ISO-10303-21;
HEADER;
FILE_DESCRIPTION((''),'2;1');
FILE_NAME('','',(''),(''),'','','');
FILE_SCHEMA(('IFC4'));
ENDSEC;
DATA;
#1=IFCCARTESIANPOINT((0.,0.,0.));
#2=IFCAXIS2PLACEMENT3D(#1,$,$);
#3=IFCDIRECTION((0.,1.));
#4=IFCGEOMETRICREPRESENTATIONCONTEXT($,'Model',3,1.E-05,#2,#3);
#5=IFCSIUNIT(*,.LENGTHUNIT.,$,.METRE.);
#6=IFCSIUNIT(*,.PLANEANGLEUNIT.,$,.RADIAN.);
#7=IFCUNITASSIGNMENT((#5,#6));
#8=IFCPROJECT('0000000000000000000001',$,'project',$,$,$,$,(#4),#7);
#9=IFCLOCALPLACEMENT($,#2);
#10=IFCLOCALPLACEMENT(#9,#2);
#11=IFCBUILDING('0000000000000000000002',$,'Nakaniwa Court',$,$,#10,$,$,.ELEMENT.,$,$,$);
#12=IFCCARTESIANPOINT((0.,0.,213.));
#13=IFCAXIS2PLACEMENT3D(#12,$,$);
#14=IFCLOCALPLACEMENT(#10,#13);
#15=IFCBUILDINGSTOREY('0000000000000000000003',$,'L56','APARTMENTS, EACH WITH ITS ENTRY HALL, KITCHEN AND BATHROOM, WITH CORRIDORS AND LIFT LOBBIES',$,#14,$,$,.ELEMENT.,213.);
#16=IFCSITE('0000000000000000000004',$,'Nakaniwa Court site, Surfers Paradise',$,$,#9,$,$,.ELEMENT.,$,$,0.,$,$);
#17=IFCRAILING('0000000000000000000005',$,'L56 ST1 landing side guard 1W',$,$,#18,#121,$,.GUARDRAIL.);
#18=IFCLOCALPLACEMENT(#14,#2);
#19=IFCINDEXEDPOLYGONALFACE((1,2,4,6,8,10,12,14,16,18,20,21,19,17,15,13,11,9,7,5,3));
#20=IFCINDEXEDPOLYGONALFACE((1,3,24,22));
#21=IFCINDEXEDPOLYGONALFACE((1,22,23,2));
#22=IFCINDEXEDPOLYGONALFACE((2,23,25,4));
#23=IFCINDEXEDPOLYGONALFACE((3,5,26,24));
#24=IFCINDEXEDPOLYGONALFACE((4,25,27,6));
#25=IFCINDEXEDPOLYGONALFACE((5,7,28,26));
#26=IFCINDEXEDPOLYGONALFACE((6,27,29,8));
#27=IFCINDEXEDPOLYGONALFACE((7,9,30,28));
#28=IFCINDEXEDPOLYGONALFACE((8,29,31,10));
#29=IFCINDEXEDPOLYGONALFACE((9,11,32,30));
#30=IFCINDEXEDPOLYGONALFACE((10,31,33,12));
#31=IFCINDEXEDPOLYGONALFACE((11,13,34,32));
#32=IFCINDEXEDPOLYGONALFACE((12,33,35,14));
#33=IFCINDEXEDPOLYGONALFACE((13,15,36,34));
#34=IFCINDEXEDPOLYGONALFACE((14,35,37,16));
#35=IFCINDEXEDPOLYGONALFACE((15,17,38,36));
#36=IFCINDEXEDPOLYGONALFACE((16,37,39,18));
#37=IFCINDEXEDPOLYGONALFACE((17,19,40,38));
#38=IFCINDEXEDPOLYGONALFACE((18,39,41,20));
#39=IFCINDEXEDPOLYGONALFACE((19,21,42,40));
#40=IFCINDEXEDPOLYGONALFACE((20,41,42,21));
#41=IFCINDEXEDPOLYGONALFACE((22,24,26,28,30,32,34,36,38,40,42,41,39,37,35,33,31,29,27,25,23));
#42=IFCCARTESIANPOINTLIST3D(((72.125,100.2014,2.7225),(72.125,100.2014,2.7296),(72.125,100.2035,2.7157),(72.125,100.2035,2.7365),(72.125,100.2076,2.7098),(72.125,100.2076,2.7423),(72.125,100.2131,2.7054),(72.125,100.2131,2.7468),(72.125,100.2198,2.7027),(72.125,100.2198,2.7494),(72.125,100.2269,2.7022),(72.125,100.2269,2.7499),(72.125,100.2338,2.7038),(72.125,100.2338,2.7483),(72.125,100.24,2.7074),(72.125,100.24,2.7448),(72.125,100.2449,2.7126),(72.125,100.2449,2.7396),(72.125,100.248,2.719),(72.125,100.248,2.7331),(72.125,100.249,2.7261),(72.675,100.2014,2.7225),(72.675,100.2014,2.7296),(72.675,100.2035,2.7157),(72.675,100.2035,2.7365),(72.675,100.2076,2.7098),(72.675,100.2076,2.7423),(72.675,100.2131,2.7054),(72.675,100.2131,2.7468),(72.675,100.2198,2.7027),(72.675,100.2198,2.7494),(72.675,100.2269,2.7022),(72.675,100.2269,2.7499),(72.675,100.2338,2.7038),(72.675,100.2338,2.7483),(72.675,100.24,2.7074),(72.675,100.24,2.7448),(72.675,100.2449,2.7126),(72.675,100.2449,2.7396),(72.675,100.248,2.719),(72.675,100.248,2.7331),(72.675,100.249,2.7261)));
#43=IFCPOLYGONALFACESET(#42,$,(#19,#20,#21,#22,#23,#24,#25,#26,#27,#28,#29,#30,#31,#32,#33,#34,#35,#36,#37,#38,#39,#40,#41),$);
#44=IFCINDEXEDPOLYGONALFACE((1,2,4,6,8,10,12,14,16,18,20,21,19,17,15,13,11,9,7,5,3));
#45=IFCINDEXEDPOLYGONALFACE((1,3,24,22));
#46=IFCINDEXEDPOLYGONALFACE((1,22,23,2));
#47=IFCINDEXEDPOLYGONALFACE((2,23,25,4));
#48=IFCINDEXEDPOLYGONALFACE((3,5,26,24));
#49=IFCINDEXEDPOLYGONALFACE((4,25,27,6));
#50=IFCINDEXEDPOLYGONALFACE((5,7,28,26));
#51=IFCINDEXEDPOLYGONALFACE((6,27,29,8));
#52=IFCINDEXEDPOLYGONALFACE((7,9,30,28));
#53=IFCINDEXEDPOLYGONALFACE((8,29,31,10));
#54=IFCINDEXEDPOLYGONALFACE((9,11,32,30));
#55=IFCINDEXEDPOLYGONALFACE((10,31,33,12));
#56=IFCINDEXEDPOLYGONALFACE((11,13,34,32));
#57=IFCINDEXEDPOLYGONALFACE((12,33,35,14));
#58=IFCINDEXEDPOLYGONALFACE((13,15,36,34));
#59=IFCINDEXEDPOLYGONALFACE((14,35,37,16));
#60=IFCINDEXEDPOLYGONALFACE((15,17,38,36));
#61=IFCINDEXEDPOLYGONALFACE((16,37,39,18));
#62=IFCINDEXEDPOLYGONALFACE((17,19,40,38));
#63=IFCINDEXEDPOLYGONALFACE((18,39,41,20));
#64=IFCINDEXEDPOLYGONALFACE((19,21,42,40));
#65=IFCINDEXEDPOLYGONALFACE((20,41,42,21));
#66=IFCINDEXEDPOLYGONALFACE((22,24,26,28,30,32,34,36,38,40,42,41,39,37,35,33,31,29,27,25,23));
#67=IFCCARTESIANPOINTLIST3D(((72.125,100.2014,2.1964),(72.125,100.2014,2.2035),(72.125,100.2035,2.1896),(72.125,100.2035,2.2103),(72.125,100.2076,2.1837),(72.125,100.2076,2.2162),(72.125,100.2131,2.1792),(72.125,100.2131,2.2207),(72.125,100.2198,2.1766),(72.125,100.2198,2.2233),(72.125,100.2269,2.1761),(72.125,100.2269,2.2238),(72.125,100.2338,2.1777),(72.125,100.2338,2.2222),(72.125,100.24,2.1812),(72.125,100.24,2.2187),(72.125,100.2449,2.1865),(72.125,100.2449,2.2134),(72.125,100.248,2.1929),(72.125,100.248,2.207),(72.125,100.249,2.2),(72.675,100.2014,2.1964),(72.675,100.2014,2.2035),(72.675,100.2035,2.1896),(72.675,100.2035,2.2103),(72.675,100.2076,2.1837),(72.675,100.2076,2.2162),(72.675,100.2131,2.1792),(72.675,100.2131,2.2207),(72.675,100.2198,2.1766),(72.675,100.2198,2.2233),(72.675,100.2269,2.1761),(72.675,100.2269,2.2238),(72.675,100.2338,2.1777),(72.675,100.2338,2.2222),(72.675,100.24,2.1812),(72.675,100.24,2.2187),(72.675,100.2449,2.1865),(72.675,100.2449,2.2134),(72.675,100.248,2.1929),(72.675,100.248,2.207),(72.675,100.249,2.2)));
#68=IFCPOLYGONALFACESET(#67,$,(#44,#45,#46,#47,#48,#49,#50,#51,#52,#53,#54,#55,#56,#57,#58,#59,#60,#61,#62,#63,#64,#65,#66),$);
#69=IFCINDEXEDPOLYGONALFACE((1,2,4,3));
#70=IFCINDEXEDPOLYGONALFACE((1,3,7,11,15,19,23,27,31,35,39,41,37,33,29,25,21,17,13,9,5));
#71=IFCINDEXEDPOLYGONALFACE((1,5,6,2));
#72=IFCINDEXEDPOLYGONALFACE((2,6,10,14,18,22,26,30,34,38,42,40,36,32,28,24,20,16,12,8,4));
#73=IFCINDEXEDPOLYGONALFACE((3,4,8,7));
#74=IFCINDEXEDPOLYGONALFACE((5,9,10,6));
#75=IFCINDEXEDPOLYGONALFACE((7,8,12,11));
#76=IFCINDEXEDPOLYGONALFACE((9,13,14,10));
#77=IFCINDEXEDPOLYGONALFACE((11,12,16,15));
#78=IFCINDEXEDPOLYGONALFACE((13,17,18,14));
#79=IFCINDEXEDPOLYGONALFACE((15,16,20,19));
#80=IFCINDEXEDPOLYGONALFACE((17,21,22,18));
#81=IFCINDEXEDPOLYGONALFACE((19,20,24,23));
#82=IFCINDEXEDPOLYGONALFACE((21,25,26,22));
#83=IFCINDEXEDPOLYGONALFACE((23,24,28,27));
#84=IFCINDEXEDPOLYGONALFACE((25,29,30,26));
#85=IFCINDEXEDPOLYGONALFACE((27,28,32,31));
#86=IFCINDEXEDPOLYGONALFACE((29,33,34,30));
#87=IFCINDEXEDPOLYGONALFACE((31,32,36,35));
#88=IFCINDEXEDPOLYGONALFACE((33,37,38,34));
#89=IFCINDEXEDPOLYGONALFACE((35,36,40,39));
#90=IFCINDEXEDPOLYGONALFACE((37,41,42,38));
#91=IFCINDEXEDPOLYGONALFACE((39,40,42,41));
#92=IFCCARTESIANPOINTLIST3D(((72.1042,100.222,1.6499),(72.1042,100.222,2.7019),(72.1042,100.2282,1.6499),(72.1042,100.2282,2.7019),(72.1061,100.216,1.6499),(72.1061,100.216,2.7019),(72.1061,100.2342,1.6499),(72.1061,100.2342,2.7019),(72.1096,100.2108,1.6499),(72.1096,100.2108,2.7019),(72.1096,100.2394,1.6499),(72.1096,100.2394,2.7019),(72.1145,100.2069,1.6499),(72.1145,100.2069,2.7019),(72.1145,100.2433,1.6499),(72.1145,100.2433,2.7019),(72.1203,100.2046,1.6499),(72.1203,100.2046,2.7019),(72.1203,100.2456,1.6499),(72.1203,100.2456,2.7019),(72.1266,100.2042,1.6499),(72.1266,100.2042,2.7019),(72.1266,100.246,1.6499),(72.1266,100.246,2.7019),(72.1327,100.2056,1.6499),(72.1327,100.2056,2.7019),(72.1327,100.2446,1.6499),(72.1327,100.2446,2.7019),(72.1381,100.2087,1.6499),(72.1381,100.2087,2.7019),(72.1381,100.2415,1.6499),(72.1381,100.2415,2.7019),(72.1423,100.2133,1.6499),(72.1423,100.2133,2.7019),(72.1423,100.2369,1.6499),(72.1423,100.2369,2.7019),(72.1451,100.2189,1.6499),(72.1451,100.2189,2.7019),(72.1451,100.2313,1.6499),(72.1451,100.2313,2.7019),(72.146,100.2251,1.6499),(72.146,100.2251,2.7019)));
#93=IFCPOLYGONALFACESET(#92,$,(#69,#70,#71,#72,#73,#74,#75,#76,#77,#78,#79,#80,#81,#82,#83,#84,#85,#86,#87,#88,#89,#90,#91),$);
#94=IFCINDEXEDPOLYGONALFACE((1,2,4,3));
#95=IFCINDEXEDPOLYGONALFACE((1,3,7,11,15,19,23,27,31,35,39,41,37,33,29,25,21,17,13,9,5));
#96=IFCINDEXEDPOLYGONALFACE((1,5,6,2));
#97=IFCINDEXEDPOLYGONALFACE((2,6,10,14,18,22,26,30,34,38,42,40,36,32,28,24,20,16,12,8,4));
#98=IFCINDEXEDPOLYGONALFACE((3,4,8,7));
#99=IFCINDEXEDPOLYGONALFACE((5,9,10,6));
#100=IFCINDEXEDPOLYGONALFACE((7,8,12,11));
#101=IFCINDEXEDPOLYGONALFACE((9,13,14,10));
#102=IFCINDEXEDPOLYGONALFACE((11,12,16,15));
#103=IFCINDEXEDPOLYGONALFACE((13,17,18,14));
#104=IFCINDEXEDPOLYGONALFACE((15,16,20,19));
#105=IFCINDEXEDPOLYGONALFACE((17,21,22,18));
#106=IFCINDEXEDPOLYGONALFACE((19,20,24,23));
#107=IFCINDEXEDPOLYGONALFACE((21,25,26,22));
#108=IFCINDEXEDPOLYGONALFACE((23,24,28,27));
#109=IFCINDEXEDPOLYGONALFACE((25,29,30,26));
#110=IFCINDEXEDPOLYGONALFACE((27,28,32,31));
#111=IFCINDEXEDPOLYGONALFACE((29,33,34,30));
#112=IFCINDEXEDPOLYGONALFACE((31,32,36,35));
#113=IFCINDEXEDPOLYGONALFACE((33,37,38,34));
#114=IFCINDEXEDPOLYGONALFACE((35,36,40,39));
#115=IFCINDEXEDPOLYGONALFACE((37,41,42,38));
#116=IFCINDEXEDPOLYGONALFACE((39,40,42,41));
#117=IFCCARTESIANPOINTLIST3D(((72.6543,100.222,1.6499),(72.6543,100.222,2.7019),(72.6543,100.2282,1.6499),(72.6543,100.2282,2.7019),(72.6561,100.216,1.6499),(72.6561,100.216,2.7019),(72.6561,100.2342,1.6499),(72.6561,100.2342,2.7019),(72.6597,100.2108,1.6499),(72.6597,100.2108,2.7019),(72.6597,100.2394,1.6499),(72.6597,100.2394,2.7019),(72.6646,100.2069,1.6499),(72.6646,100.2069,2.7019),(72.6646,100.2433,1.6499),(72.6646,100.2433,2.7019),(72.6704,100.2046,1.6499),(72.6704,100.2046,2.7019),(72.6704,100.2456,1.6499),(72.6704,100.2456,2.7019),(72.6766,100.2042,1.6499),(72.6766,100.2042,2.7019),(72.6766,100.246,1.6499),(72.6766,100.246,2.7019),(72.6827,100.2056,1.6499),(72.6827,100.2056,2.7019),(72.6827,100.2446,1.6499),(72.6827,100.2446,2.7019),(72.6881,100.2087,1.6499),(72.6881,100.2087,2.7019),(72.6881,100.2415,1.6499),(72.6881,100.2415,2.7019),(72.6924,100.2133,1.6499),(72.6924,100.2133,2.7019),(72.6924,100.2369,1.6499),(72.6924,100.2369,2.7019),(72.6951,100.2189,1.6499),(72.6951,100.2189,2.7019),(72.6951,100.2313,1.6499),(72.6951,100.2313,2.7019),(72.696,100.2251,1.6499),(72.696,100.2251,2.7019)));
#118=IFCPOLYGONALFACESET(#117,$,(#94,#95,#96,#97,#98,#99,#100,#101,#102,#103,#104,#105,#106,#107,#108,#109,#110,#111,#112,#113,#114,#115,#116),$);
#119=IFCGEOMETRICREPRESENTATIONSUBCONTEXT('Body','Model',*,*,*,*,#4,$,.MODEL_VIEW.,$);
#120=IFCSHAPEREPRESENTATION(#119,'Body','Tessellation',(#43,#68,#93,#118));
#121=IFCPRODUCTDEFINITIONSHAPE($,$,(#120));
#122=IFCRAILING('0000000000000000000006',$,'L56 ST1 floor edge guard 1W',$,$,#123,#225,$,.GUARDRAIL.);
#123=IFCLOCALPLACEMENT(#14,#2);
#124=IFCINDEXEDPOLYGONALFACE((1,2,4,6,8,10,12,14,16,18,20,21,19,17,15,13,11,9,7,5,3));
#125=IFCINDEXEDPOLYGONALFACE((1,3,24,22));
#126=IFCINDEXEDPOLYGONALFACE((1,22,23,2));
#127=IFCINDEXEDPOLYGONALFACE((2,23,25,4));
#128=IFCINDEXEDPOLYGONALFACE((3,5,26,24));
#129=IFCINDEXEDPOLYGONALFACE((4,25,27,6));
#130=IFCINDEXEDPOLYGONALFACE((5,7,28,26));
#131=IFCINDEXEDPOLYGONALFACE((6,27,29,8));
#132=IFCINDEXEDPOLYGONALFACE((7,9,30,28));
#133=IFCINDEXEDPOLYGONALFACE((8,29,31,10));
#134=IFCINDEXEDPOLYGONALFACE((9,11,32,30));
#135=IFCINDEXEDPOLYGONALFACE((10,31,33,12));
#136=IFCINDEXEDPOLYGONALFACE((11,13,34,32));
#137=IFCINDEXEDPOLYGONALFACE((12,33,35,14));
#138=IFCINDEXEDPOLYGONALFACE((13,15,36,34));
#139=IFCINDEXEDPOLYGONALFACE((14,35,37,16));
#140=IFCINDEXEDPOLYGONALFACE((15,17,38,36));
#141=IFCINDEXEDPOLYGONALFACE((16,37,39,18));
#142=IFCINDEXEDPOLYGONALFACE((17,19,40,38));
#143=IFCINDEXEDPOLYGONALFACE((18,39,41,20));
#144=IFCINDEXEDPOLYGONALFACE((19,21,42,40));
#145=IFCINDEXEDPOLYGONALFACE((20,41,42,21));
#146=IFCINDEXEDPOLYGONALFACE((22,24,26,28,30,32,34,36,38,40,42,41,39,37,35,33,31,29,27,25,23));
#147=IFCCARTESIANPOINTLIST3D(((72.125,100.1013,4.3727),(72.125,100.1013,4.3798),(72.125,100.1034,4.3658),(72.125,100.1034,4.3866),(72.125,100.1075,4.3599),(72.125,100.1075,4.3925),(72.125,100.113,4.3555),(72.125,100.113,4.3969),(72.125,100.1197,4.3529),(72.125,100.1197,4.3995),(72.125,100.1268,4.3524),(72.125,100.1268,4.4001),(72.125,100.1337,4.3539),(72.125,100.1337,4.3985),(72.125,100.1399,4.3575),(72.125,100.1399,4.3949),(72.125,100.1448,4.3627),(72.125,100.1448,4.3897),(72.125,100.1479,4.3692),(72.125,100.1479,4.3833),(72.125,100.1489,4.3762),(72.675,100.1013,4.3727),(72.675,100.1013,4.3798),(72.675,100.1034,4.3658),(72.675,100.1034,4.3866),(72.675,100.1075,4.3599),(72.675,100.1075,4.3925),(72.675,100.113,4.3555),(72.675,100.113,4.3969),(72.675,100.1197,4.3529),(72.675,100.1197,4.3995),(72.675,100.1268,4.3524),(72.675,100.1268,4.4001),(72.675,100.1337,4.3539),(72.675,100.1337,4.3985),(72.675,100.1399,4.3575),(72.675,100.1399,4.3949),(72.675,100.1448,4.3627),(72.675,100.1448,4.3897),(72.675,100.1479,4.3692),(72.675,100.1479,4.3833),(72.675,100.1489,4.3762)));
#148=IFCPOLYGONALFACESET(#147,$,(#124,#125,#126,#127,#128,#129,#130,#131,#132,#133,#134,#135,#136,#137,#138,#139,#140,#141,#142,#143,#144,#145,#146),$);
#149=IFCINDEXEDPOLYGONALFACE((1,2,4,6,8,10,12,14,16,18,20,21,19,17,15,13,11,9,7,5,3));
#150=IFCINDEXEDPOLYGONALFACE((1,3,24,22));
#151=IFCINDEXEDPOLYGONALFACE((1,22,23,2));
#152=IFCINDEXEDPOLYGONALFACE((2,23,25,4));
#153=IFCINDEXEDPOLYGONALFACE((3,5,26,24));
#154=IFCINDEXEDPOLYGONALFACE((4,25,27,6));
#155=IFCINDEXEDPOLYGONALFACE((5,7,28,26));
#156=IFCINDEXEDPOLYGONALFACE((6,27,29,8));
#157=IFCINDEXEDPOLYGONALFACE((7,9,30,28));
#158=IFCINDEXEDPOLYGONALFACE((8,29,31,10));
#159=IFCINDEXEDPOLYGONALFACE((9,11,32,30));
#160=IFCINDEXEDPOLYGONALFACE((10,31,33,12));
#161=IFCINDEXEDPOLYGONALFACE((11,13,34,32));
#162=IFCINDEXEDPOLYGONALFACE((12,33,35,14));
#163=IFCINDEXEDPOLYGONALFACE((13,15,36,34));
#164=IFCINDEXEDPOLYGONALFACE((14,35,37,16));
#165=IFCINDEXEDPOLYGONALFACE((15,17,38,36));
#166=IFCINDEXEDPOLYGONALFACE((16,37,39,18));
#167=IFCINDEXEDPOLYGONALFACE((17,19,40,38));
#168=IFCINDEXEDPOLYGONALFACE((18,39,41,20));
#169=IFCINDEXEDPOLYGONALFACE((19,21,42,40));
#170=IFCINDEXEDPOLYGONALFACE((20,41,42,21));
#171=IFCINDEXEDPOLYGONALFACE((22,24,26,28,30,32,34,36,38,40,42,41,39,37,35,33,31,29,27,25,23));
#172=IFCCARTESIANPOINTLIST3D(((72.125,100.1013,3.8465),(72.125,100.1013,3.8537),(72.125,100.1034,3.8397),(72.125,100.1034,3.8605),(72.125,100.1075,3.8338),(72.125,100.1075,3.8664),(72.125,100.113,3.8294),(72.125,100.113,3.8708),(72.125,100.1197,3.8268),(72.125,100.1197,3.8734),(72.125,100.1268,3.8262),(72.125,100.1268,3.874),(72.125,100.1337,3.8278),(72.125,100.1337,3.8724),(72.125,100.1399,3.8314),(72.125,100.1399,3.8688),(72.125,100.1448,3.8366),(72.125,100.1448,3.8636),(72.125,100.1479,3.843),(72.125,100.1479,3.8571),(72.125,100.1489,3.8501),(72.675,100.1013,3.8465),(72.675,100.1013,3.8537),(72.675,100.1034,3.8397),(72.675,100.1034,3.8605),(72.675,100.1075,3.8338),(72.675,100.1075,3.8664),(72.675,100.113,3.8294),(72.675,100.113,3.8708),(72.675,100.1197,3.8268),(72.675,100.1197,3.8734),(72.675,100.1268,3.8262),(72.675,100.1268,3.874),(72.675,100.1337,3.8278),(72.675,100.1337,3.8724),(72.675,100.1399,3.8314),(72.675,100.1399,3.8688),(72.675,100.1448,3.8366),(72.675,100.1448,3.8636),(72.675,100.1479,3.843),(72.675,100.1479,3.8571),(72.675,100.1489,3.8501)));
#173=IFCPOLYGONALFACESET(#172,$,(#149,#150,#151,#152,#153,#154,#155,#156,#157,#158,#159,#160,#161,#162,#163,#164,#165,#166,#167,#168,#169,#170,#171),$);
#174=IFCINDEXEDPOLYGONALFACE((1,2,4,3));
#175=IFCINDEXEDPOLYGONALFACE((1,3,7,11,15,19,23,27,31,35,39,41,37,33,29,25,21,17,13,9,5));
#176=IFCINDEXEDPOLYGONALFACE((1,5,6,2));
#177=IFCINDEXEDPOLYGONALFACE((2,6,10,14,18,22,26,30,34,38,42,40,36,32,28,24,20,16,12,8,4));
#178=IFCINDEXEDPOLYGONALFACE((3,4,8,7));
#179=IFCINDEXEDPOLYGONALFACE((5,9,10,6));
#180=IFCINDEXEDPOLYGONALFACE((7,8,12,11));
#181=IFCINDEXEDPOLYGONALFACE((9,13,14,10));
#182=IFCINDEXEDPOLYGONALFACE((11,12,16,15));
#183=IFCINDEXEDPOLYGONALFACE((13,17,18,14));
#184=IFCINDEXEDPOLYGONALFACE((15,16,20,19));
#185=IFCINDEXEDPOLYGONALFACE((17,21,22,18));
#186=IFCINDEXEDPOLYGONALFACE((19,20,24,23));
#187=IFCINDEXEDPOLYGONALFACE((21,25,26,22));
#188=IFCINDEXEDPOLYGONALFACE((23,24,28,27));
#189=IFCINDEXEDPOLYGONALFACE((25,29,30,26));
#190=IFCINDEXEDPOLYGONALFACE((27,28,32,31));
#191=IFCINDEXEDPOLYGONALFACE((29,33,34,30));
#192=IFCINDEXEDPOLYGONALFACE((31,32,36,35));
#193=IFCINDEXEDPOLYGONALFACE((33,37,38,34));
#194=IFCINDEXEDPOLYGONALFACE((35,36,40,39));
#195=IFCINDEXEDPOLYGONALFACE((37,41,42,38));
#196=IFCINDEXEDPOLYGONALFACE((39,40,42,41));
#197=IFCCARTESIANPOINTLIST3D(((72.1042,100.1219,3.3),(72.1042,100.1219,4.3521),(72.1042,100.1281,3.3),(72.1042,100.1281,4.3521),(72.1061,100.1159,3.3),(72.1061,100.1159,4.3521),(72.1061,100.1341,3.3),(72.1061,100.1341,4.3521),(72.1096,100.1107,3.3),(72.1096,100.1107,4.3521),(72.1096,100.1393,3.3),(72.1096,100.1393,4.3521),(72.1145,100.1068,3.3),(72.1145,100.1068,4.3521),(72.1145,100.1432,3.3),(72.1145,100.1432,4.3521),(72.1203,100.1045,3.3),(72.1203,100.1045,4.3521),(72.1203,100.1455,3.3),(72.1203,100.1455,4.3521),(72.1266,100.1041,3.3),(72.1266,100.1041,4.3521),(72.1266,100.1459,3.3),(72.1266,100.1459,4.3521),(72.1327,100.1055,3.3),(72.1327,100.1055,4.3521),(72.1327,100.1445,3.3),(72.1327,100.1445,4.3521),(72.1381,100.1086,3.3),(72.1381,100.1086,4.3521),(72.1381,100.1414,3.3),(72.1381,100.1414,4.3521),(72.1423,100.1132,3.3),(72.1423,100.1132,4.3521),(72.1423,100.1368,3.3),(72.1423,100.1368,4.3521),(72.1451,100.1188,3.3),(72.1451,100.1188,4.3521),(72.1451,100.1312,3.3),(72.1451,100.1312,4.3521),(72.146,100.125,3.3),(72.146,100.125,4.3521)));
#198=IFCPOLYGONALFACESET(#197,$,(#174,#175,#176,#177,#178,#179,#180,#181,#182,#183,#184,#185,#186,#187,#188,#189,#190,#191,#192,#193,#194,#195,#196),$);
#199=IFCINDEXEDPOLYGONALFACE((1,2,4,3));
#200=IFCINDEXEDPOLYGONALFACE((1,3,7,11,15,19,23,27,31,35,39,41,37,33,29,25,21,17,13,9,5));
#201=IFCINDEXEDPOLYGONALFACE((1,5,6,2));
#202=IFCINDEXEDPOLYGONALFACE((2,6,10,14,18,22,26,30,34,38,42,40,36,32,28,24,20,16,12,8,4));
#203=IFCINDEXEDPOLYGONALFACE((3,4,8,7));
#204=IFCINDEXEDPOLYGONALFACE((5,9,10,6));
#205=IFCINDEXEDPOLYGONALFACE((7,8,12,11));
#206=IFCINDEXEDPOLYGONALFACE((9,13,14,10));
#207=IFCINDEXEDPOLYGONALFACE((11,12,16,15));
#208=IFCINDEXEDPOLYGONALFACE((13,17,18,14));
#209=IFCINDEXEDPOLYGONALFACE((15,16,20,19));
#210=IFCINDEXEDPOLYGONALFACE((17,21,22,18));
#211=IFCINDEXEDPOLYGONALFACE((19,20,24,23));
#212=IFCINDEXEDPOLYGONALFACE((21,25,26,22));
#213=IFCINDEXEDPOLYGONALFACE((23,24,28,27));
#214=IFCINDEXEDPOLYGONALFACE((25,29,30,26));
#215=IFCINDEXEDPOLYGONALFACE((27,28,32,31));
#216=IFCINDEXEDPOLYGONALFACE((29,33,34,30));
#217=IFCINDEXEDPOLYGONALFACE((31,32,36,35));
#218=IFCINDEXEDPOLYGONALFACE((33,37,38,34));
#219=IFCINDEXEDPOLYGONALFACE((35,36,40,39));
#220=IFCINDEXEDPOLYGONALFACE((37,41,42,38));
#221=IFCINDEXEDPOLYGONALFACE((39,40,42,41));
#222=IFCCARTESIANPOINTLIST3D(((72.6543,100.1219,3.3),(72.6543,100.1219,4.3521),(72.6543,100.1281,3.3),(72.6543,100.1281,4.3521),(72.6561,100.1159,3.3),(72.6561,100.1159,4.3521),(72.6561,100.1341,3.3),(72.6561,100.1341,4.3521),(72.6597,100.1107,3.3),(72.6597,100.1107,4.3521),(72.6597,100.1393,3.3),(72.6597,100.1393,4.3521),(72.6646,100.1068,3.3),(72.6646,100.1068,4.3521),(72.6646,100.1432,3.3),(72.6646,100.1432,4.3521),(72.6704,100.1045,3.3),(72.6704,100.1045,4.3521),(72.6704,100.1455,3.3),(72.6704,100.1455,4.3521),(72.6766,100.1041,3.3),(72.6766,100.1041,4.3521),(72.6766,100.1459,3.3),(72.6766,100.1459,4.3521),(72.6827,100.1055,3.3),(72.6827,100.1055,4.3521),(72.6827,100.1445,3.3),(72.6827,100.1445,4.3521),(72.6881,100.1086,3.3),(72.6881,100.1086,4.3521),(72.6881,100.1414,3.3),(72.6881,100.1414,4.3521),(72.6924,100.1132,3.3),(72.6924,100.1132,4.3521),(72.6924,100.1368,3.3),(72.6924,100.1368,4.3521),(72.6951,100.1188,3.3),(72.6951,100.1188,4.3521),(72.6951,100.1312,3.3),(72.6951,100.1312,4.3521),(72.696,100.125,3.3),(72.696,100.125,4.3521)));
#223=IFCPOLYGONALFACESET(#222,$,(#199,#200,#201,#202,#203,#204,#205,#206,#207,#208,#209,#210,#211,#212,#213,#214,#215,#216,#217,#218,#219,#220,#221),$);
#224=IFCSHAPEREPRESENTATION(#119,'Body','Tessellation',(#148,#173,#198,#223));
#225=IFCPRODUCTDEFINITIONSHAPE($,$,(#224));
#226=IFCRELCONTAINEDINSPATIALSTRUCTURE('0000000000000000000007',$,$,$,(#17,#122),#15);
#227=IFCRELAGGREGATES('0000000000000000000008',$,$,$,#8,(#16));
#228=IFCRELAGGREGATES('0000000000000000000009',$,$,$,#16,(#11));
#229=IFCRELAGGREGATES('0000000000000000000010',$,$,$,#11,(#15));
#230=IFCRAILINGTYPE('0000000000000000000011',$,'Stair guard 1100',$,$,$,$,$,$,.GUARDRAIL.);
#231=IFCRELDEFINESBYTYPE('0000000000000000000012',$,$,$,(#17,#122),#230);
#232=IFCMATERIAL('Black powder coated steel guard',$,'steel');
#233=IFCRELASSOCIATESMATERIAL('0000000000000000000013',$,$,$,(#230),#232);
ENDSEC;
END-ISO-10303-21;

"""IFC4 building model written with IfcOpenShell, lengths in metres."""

from ifc_helpers import new_model, si_unit, direction, frame, origin, origin_2d, place, context, subcontext, project, spatial, circle, extrude, material, type_object, element, save


model = new_model("IFC4")

# Units and contexts
model_context = context("Model", 3, precision=1e-05, world=origin(), true_north=direction((0.0, 1.0)))
body_context = subcontext(model_context, "Body", "Model", "MODEL_VIEW")
ifc_project = project(units=[si_unit("LENGTHUNIT", "METRE"), si_unit("PLANEANGLEUNIT", "RADIAN")], contexts=[model_context])

# Site, building, storey
site_placement = place(None, origin())
site = spatial("IfcSite", under=ifc_project, at=site_placement, Name="Nakaniwa Court site, Surfers Paradise", CompositionType="ELEMENT", RefElevation=0.0)
building_placement = place(site_placement, origin())
building = spatial("IfcBuilding", under=site, at=building_placement, Name="Nakaniwa Court", CompositionType="ELEMENT")
storey_placement = place(building_placement, frame((0.0, 0.0, 213.0)))
storey = spatial("IfcBuildingStorey", under=building, at=storey_placement, Name="L56", Description="APARTMENTS, EACH WITH ITS ENTRY HALL, KITCHEN AND BATHROOM, WITH CORRIDORS AND LIFT LOBBIES", CompositionType="ELEMENT", Elevation=213.0)

# Railings
ifc_material_1 = material(Name="Black powder coated steel guard", Category="steel")
railing_type_1 = type_object("IfcRailingType", Name="Stair guard 1100", PredefinedType="GUARDRAIL", material=ifc_material_1)
for number, where, name in (
    (1, (72.125, 100.2251, 1.6499), "L56 ST1 landing side guard 1W"),
    (2, (72.125, 100.125, 3.3), "L56 ST1 floor edge guard 1W"),
):
    element("IfcRailing", number, at=place(storey_placement, frame(where)), inside=storey, type_object=railing_type_1, Name=name, PredefinedType="GUARDRAIL", context=body_context, shape_type="SweptSolid", body=[
        extrude(circle(Radius=0.0239, at=origin_2d()), frame((0.0, 0.0, 1.0762), z_axis=(1.0, 0.0, 0.0), x_axis=(0.0, 1.0, 0.0)), (0.0, 0.0, 1.0), 0.55),
        extrude(circle(Radius=0.0239, at=origin_2d()), frame((0.0, 0.0, 0.55), z_axis=(1.0, 0.0, 0.0), x_axis=(0.0, 1.0, 0.0)), (0.0, 0.0, 1.0), 0.55),
        extrude(circle(Radius=0.021, at=origin_2d()), origin(), (0.0, 0.0, 1.0), 1.052),
        extrude(circle(Radius=0.021, at=origin_2d()), frame((0.55, 0.0, 0.0)), (0.0, 0.0, 1.0), 1.052),
    ])

save(model, "model.ifc")
